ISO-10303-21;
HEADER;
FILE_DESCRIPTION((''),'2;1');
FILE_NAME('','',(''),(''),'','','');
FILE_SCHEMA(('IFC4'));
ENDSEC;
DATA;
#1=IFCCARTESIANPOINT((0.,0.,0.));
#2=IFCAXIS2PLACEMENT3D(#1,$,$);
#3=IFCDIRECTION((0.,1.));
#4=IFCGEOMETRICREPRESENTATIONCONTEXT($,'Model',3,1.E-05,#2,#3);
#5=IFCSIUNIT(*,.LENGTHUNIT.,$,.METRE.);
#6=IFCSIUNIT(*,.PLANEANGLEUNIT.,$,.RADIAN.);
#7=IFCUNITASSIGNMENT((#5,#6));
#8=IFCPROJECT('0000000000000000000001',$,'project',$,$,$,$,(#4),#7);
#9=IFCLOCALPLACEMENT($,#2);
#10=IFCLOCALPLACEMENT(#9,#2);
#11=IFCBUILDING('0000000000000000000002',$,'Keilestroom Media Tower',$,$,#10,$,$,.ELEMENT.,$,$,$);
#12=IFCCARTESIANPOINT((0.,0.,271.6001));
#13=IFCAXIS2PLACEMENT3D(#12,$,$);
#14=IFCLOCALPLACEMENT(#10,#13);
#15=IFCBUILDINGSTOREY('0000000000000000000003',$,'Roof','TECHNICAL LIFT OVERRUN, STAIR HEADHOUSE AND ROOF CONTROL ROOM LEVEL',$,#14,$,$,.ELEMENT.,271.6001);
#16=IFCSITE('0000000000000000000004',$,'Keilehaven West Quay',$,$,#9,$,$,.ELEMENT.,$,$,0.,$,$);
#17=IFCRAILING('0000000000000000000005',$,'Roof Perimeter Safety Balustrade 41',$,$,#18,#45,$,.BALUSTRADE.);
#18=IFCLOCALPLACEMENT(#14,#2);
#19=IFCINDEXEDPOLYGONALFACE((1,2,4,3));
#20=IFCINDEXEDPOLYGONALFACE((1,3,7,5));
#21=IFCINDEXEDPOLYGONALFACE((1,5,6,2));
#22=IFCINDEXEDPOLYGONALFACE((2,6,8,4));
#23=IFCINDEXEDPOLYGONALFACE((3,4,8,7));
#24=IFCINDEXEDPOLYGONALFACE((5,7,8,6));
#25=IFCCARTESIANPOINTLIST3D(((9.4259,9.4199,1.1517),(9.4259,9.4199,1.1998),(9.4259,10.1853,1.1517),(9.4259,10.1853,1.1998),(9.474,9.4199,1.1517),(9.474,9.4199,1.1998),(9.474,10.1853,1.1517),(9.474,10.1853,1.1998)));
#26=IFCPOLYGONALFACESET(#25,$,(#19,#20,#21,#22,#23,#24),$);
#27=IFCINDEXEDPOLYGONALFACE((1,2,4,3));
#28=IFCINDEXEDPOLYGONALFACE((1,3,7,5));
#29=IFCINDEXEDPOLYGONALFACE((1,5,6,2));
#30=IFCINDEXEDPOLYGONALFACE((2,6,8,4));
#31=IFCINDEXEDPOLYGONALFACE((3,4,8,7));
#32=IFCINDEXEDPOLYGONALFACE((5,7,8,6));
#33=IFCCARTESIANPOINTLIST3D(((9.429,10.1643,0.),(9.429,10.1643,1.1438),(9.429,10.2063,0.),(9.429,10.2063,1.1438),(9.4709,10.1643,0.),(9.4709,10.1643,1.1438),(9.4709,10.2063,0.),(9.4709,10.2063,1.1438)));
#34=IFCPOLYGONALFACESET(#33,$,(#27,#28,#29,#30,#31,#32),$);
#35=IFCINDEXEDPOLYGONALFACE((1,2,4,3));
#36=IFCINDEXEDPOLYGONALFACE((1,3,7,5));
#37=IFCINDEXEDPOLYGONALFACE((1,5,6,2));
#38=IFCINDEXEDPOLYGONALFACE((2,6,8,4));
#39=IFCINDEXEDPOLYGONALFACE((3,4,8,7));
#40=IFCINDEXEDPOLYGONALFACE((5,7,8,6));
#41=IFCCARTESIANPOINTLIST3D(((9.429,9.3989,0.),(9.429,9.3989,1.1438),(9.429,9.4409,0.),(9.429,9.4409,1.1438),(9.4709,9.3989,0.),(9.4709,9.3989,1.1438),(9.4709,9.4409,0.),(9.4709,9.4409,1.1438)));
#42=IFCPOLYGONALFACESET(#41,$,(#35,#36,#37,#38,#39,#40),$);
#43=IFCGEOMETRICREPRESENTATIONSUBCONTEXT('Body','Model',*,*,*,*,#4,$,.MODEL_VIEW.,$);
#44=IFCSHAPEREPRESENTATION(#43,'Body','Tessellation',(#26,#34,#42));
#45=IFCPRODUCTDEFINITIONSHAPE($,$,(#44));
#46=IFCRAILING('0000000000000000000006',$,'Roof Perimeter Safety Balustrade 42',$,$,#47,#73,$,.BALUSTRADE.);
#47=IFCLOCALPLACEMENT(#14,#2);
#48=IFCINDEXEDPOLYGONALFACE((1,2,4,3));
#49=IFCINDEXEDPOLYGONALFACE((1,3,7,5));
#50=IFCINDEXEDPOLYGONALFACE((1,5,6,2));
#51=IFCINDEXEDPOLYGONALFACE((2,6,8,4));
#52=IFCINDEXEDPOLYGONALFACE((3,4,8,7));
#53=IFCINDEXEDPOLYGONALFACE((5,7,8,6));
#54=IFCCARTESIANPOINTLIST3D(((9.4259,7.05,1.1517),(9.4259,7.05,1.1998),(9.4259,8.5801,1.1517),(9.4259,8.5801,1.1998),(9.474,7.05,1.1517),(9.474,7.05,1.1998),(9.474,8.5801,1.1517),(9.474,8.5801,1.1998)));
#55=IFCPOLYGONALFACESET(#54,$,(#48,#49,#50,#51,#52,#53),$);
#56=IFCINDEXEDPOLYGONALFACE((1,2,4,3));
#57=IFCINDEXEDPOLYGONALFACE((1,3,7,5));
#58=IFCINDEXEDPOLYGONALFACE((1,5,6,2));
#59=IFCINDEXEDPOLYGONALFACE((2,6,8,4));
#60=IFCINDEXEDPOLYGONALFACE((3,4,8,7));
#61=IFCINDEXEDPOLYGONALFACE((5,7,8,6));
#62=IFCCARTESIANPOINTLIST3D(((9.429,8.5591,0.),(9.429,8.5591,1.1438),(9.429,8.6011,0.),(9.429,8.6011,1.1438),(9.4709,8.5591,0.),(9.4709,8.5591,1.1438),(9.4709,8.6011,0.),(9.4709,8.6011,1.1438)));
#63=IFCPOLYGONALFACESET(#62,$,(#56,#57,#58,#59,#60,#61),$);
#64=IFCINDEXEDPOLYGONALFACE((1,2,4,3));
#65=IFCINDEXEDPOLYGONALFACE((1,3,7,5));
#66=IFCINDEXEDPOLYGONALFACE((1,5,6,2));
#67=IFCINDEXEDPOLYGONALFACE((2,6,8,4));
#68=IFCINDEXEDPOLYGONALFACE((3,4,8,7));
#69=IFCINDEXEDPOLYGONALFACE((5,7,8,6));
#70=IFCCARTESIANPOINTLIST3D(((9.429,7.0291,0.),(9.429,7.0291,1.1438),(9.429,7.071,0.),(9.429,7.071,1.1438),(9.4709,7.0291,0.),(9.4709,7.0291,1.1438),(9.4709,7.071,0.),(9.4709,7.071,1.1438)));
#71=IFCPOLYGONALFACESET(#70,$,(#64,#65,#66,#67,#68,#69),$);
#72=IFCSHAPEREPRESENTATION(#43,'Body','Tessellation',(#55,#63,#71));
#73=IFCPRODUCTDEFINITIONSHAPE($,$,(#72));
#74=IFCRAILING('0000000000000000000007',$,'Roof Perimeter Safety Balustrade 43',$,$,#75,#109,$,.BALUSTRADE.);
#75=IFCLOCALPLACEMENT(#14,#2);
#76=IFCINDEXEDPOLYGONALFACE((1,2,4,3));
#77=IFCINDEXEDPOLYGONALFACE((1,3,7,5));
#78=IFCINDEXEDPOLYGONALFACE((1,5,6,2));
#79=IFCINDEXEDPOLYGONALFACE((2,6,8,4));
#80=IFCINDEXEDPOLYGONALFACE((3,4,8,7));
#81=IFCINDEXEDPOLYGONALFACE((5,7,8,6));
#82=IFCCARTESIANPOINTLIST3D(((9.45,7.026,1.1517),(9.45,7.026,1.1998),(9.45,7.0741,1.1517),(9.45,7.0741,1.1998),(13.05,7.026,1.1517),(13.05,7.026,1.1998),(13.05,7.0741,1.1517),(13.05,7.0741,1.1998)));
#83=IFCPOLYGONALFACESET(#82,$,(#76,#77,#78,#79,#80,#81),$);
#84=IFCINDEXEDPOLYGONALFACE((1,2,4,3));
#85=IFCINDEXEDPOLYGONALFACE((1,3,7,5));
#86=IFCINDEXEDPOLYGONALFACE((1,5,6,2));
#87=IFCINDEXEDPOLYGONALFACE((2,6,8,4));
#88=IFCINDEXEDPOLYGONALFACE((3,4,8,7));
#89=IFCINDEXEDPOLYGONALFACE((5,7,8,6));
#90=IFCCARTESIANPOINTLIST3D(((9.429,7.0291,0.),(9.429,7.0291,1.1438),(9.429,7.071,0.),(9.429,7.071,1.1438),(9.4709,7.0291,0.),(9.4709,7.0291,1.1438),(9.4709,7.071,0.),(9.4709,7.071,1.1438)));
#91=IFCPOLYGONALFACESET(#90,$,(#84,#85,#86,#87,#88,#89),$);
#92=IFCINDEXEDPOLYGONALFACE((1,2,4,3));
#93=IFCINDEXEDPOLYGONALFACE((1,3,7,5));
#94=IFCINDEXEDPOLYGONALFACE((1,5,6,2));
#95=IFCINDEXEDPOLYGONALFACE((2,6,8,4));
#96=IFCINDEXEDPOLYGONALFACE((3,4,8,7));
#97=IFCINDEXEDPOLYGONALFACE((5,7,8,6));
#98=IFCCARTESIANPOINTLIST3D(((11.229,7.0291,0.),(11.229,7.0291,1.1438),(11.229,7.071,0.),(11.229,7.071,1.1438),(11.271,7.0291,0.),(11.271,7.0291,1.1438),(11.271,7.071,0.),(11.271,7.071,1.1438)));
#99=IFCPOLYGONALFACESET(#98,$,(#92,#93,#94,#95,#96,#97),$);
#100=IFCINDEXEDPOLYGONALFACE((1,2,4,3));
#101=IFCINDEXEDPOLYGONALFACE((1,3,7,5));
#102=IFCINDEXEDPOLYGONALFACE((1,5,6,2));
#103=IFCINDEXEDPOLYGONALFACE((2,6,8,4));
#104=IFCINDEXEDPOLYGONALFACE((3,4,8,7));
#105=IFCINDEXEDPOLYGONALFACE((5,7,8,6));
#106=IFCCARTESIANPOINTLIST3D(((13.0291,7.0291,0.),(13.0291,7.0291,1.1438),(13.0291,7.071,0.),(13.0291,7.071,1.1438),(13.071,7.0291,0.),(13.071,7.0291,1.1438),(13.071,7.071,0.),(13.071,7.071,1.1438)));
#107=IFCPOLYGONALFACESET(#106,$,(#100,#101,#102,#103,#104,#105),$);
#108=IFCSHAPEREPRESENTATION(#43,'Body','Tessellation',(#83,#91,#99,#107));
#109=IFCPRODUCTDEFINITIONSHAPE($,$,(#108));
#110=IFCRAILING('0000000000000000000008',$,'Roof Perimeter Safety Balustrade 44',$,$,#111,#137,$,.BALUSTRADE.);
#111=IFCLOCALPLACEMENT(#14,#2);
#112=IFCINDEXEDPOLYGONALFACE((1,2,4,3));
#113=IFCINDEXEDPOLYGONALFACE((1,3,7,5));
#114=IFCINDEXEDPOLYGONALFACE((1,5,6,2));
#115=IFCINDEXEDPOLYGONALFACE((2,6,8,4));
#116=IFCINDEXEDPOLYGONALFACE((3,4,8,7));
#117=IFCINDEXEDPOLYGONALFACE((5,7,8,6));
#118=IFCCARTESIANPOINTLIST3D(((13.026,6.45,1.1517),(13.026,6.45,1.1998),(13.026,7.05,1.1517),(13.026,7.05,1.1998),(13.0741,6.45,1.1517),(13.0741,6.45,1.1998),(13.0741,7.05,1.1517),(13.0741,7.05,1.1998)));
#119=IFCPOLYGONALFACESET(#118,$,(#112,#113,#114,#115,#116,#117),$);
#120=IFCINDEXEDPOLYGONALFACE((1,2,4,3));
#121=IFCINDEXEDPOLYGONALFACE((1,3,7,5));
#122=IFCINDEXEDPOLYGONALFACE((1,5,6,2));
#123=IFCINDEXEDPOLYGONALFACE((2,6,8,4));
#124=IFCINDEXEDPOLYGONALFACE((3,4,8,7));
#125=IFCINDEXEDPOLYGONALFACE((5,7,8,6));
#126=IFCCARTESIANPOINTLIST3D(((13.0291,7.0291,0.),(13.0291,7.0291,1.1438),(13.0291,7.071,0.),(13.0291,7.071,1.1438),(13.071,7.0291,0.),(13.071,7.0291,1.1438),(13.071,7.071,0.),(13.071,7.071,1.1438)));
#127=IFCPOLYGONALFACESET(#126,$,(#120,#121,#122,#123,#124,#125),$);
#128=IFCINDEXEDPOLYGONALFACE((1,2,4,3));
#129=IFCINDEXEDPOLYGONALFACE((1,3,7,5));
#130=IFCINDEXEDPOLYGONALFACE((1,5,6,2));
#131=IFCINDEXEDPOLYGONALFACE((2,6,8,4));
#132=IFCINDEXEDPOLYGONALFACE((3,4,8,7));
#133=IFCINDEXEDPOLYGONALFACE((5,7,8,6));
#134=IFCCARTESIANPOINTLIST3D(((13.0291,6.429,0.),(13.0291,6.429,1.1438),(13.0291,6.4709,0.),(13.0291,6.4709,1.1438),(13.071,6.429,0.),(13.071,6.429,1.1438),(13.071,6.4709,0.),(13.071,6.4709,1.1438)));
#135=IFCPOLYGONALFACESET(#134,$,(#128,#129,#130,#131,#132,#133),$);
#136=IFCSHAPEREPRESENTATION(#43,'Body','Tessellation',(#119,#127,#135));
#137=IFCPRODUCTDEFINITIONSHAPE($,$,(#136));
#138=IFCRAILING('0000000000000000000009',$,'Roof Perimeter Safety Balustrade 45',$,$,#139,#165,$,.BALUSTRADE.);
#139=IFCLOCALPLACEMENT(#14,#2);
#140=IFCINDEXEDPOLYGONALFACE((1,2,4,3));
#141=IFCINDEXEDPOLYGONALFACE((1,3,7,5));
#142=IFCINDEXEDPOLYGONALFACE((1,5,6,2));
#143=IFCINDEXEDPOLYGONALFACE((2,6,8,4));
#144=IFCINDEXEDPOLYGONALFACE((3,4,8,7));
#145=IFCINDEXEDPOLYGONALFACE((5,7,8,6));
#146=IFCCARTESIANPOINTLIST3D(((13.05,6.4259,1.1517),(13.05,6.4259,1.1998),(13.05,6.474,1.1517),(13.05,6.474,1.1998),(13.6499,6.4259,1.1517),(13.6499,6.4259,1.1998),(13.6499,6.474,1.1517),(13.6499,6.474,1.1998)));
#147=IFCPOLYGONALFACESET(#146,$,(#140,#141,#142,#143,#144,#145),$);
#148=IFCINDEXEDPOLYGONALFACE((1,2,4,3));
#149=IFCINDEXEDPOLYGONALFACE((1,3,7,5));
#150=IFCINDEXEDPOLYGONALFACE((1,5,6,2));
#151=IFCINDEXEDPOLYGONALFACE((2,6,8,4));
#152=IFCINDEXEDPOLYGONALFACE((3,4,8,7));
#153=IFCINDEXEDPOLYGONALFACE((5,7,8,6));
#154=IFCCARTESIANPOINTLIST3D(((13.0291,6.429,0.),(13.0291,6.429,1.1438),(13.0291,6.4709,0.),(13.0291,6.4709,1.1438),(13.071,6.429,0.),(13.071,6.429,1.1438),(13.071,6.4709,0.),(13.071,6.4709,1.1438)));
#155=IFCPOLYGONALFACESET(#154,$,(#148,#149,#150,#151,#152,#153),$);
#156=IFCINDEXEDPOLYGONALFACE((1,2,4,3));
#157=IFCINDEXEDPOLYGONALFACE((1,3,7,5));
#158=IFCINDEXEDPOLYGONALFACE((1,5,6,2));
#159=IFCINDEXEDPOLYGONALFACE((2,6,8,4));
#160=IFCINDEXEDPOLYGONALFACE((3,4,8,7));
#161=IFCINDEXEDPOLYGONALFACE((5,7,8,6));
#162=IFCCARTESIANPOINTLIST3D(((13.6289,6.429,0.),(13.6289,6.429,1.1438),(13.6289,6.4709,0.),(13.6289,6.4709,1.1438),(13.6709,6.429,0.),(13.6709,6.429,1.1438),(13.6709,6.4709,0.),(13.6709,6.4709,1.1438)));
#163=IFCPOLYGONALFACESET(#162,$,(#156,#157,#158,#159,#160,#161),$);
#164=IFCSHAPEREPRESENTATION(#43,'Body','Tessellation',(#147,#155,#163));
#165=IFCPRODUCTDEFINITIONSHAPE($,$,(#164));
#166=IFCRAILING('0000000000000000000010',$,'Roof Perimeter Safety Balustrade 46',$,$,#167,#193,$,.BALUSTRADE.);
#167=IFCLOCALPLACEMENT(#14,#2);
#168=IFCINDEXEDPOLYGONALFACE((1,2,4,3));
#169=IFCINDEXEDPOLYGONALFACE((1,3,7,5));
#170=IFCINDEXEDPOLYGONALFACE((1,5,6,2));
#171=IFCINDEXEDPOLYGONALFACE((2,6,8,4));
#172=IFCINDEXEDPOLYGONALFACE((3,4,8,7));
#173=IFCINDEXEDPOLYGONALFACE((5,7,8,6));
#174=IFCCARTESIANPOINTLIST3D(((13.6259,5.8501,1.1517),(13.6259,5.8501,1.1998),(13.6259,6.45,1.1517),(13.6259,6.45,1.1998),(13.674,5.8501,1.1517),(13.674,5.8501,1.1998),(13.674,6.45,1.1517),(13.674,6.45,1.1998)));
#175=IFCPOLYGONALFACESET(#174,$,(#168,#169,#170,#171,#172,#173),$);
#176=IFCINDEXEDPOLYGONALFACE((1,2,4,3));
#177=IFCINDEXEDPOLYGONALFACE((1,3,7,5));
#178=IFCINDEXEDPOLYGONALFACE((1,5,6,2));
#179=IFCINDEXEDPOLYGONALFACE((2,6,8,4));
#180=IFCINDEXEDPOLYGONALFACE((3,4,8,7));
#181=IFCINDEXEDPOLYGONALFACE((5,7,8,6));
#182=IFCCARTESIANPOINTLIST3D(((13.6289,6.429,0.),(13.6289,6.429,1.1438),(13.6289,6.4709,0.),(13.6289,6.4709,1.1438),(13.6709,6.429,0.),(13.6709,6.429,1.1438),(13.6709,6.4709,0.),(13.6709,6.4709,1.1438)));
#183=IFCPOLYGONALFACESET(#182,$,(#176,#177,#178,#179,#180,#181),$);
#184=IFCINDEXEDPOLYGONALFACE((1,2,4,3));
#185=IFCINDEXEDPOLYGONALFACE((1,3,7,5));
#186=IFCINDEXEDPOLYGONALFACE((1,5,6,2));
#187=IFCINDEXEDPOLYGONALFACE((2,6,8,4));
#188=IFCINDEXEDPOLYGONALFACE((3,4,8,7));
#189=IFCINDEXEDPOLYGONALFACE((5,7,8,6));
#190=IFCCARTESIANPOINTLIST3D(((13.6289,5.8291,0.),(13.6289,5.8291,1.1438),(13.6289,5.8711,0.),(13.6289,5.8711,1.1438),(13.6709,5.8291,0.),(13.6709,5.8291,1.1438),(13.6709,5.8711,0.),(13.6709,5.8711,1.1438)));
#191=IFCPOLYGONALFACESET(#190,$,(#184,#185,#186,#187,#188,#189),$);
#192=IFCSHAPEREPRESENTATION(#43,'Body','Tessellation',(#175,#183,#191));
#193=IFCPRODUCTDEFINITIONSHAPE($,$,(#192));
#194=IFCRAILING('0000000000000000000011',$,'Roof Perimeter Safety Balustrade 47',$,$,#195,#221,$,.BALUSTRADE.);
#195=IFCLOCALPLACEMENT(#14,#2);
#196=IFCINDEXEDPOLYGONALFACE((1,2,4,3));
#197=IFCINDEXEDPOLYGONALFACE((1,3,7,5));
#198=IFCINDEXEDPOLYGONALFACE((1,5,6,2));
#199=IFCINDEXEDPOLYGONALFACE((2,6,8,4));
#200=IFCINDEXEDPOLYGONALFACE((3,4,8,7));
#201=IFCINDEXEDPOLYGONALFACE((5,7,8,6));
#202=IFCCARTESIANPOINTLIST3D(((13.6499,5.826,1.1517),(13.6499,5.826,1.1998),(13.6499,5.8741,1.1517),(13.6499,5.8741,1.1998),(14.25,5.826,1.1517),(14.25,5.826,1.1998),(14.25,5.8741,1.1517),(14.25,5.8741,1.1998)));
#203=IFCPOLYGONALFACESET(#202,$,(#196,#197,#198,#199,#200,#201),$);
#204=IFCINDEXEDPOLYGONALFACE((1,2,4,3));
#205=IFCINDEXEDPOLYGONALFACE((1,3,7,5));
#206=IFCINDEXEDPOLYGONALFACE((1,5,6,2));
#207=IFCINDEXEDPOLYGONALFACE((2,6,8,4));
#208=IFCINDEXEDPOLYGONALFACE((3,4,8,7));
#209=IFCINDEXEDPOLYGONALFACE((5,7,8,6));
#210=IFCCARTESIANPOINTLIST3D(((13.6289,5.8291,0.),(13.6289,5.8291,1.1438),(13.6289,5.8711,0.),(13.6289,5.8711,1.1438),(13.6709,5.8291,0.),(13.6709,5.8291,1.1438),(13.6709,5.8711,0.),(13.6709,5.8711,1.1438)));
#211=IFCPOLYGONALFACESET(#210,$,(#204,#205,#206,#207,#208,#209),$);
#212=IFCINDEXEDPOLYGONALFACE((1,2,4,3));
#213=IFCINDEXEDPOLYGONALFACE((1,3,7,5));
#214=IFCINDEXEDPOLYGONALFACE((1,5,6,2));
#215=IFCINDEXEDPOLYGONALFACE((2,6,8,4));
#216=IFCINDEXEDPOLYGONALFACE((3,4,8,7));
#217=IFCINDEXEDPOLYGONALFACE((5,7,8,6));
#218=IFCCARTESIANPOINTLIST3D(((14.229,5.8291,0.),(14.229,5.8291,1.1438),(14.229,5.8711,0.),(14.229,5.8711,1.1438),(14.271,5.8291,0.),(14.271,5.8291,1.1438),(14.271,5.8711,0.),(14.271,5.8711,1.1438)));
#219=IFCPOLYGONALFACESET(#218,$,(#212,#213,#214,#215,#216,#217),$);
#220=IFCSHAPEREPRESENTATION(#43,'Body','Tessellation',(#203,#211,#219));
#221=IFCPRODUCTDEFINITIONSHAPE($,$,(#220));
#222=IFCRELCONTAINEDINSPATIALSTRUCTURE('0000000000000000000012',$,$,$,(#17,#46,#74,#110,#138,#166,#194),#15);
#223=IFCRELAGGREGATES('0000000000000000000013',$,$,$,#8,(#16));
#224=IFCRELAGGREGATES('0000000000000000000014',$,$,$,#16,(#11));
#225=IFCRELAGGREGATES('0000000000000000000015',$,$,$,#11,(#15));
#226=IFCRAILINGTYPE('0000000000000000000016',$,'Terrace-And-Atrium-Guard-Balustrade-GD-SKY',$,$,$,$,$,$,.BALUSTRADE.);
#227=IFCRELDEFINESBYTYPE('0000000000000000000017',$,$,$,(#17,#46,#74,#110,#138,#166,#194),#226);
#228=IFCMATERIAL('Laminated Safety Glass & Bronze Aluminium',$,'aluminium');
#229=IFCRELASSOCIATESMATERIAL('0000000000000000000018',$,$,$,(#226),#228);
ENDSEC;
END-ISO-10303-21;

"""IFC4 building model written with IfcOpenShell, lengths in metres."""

from ifc_helpers import new_model, si_unit, direction, frame, origin, origin_2d, place, context, subcontext, project, spatial, rectangle, extrude, material, type_object, element, save


model = new_model("IFC4")

# Units and contexts
model_context = context("Model", 3, precision=1e-05, world=origin(), true_north=direction((0.0, 1.0)))
body_context = subcontext(model_context, "Body", "Model", "MODEL_VIEW")
ifc_project = project(units=[si_unit("LENGTHUNIT", "METRE"), si_unit("PLANEANGLEUNIT", "RADIAN")], contexts=[model_context])

# Site, building, storey
site_placement = place(None, origin())
site = spatial("IfcSite", under=ifc_project, at=site_placement, Name="Keilehaven West Quay", CompositionType="ELEMENT", RefElevation=0.0)
building_placement = place(site_placement, origin())
building = spatial("IfcBuilding", under=site, at=building_placement, Name="Keilestroom Media Tower", CompositionType="ELEMENT")
storey_placement = place(building_placement, frame((0.0, 0.0, 271.6001)))
storey = spatial("IfcBuildingStorey", under=building, at=storey_placement, Name="Roof", Description="TECHNICAL LIFT OVERRUN, STAIR HEADHOUSE AND ROOF CONTROL ROOM LEVEL", CompositionType="ELEMENT", Elevation=271.6001)

# Railings
ifc_material_1 = material(Name="Laminated Safety Glass & Bronze Aluminium", Category="aluminium")
railing_type_1 = type_object("IfcRailingType", Name="Terrace-And-Atrium-Guard-Balustrade-GD-SKY", PredefinedType="BALUSTRADE", material=ifc_material_1)
railing_1_placement = place(storey_placement, frame((9.45, 10.1853, 0.0)))
element("IfcRailing", 1, at=railing_1_placement, inside=storey, type_object=railing_type_1, Name="Roof Perimeter Safety Balustrade 41", PredefinedType="BALUSTRADE", context=body_context, shape_type="SweptSolid", body=[
    extrude(rectangle(XDim=0.0481, YDim=0.0481, at=origin_2d()), frame((0.0, 0.0, 1.1758), z_axis=(0.0, -1.0, 0.0), x_axis=(1.0, 0.0, 0.0)), (0.0, 0.0, 1.0), 0.7654),
    extrude(rectangle(XDim=0.042, YDim=0.042, at=origin_2d()), origin(), (0.0, 0.0, 1.0), 1.1438),
    extrude(rectangle(XDim=0.042, YDim=0.042, at=origin_2d()), frame((0.0, -0.7654, 0.0)), (0.0, 0.0, 1.0), 1.1438),
])
railing_2_placement = place(storey_placement, frame((9.45, 8.5801, 0.0)))
element("IfcRailing", 2, at=railing_2_placement, inside=storey, type_object=railing_type_1, Name="Roof Perimeter Safety Balustrade 42", PredefinedType="BALUSTRADE", context=body_context, shape_type="SweptSolid", body=[
    extrude(rectangle(XDim=0.0481, YDim=0.0481, at=origin_2d()), frame((0.0, 0.0, 1.1758), z_axis=(0.0, -1.0, 0.0), x_axis=(1.0, 0.0, 0.0)), (0.0, 0.0, 1.0), 1.53),
    extrude(rectangle(XDim=0.042, YDim=0.042, at=origin_2d()), origin(), (0.0, 0.0, 1.0), 1.1438),
    extrude(rectangle(XDim=0.042, YDim=0.042, at=origin_2d()), frame((0.0, -1.53, 0.0)), (0.0, 0.0, 1.0), 1.1438),
])
railing_3_placement = place(storey_placement, frame((9.45, 7.05, 0.0)))
element("IfcRailing", 3, at=railing_3_placement, inside=storey, type_object=railing_type_1, Name="Roof Perimeter Safety Balustrade 43", PredefinedType="BALUSTRADE", context=body_context, shape_type="SweptSolid", body=[
    extrude(rectangle(XDim=0.0481, YDim=0.0481, at=origin_2d()), frame((0.0, 0.0, 1.1758), z_axis=(1.0, 0.0, 0.0), x_axis=(0.0, 1.0, 0.0)), (0.0, 0.0, 1.0), 3.6001),
    extrude(rectangle(XDim=0.042, YDim=0.042, at=origin_2d()), origin(), (0.0, 0.0, 1.0), 1.1438),
    extrude(rectangle(XDim=0.042, YDim=0.042, at=origin_2d()), frame((1.8, 0.0, 0.0)), (0.0, 0.0, 1.0), 1.1438),
    extrude(rectangle(XDim=0.042, YDim=0.042, at=origin_2d()), frame((3.6001, 0.0, 0.0)), (0.0, 0.0, 1.0), 1.1438),
])
railing_4_placement = place(storey_placement, frame((13.05, 7.05, 0.0)))
element("IfcRailing", 4, at=railing_4_placement, inside=storey, type_object=railing_type_1, Name="Roof Perimeter Safety Balustrade 44", PredefinedType="BALUSTRADE", context=body_context, shape_type="SweptSolid", body=[
    extrude(rectangle(XDim=0.0481, YDim=0.0481, at=origin_2d()), frame((0.0, 0.0, 1.1758), z_axis=(0.0, -1.0, 0.0), x_axis=(1.0, 0.0, 0.0)), (0.0, 0.0, 1.0), 0.6001),
    extrude(rectangle(XDim=0.042, YDim=0.042, at=origin_2d()), origin(), (0.0, 0.0, 1.0), 1.1438),
    extrude(rectangle(XDim=0.042, YDim=0.042, at=origin_2d()), frame((0.0, -0.6001, 0.0)), (0.0, 0.0, 1.0), 1.1438),
])
railing_5_placement = place(storey_placement, frame((13.05, 6.45, 0.0)))
element("IfcRailing", 5, at=railing_5_placement, inside=storey, type_object=railing_type_1, Name="Roof Perimeter Safety Balustrade 45", PredefinedType="BALUSTRADE", context=body_context, shape_type="SweptSolid", body=[
    extrude(rectangle(XDim=0.0481, YDim=0.0481, at=origin_2d()), frame((0.0, 0.0, 1.1758), z_axis=(1.0, 0.0, 0.0), x_axis=(0.0, 1.0, 0.0)), (0.0, 0.0, 1.0), 0.5999),
    extrude(rectangle(XDim=0.042, YDim=0.042, at=origin_2d()), origin(), (0.0, 0.0, 1.0), 1.1438),
    extrude(rectangle(XDim=0.042, YDim=0.042, at=origin_2d()), frame((0.5999, 0.0, 0.0)), (0.0, 0.0, 1.0), 1.1438),
])
railing_6_placement = place(storey_placement, frame((13.6499, 6.45, 0.0)))
element("IfcRailing", 6, at=railing_6_placement, inside=storey, type_object=railing_type_1, Name="Roof Perimeter Safety Balustrade 46", PredefinedType="BALUSTRADE", context=body_context, shape_type="SweptSolid", body=[
    extrude(rectangle(XDim=0.0481, YDim=0.0481, at=origin_2d()), frame((0.0, 0.0, 1.1758), z_axis=(0.0, -1.0, 0.0), x_axis=(1.0, 0.0, 0.0)), (0.0, 0.0, 1.0), 0.5999),
    extrude(rectangle(XDim=0.042, YDim=0.042, at=origin_2d()), origin(), (0.0, 0.0, 1.0), 1.1438),
    extrude(rectangle(XDim=0.042, YDim=0.042, at=origin_2d()), frame((0.0, -0.5999, 0.0)), (0.0, 0.0, 1.0), 1.1438),
])
railing_7_placement = place(storey_placement, frame((13.6499, 5.8501, 0.0)))
element("IfcRailing", 7, at=railing_7_placement, inside=storey, type_object=railing_type_1, Name="Roof Perimeter Safety Balustrade 47", PredefinedType="BALUSTRADE", context=body_context, shape_type="SweptSolid", body=[
    extrude(rectangle(XDim=0.0481, YDim=0.0481, at=origin_2d()), frame((0.0, 0.0, 1.1758), z_axis=(1.0, 0.0, 0.0), x_axis=(0.0, 1.0, 0.0)), (0.0, 0.0, 1.0), 0.6001),
    extrude(rectangle(XDim=0.042, YDim=0.042, at=origin_2d()), origin(), (0.0, 0.0, 1.0), 1.1438),
    extrude(rectangle(XDim=0.042, YDim=0.042, at=origin_2d()), frame((0.6001, 0.0, 0.0)), (0.0, 0.0, 1.0), 1.1438),
])

save(model, "model.ifc")
